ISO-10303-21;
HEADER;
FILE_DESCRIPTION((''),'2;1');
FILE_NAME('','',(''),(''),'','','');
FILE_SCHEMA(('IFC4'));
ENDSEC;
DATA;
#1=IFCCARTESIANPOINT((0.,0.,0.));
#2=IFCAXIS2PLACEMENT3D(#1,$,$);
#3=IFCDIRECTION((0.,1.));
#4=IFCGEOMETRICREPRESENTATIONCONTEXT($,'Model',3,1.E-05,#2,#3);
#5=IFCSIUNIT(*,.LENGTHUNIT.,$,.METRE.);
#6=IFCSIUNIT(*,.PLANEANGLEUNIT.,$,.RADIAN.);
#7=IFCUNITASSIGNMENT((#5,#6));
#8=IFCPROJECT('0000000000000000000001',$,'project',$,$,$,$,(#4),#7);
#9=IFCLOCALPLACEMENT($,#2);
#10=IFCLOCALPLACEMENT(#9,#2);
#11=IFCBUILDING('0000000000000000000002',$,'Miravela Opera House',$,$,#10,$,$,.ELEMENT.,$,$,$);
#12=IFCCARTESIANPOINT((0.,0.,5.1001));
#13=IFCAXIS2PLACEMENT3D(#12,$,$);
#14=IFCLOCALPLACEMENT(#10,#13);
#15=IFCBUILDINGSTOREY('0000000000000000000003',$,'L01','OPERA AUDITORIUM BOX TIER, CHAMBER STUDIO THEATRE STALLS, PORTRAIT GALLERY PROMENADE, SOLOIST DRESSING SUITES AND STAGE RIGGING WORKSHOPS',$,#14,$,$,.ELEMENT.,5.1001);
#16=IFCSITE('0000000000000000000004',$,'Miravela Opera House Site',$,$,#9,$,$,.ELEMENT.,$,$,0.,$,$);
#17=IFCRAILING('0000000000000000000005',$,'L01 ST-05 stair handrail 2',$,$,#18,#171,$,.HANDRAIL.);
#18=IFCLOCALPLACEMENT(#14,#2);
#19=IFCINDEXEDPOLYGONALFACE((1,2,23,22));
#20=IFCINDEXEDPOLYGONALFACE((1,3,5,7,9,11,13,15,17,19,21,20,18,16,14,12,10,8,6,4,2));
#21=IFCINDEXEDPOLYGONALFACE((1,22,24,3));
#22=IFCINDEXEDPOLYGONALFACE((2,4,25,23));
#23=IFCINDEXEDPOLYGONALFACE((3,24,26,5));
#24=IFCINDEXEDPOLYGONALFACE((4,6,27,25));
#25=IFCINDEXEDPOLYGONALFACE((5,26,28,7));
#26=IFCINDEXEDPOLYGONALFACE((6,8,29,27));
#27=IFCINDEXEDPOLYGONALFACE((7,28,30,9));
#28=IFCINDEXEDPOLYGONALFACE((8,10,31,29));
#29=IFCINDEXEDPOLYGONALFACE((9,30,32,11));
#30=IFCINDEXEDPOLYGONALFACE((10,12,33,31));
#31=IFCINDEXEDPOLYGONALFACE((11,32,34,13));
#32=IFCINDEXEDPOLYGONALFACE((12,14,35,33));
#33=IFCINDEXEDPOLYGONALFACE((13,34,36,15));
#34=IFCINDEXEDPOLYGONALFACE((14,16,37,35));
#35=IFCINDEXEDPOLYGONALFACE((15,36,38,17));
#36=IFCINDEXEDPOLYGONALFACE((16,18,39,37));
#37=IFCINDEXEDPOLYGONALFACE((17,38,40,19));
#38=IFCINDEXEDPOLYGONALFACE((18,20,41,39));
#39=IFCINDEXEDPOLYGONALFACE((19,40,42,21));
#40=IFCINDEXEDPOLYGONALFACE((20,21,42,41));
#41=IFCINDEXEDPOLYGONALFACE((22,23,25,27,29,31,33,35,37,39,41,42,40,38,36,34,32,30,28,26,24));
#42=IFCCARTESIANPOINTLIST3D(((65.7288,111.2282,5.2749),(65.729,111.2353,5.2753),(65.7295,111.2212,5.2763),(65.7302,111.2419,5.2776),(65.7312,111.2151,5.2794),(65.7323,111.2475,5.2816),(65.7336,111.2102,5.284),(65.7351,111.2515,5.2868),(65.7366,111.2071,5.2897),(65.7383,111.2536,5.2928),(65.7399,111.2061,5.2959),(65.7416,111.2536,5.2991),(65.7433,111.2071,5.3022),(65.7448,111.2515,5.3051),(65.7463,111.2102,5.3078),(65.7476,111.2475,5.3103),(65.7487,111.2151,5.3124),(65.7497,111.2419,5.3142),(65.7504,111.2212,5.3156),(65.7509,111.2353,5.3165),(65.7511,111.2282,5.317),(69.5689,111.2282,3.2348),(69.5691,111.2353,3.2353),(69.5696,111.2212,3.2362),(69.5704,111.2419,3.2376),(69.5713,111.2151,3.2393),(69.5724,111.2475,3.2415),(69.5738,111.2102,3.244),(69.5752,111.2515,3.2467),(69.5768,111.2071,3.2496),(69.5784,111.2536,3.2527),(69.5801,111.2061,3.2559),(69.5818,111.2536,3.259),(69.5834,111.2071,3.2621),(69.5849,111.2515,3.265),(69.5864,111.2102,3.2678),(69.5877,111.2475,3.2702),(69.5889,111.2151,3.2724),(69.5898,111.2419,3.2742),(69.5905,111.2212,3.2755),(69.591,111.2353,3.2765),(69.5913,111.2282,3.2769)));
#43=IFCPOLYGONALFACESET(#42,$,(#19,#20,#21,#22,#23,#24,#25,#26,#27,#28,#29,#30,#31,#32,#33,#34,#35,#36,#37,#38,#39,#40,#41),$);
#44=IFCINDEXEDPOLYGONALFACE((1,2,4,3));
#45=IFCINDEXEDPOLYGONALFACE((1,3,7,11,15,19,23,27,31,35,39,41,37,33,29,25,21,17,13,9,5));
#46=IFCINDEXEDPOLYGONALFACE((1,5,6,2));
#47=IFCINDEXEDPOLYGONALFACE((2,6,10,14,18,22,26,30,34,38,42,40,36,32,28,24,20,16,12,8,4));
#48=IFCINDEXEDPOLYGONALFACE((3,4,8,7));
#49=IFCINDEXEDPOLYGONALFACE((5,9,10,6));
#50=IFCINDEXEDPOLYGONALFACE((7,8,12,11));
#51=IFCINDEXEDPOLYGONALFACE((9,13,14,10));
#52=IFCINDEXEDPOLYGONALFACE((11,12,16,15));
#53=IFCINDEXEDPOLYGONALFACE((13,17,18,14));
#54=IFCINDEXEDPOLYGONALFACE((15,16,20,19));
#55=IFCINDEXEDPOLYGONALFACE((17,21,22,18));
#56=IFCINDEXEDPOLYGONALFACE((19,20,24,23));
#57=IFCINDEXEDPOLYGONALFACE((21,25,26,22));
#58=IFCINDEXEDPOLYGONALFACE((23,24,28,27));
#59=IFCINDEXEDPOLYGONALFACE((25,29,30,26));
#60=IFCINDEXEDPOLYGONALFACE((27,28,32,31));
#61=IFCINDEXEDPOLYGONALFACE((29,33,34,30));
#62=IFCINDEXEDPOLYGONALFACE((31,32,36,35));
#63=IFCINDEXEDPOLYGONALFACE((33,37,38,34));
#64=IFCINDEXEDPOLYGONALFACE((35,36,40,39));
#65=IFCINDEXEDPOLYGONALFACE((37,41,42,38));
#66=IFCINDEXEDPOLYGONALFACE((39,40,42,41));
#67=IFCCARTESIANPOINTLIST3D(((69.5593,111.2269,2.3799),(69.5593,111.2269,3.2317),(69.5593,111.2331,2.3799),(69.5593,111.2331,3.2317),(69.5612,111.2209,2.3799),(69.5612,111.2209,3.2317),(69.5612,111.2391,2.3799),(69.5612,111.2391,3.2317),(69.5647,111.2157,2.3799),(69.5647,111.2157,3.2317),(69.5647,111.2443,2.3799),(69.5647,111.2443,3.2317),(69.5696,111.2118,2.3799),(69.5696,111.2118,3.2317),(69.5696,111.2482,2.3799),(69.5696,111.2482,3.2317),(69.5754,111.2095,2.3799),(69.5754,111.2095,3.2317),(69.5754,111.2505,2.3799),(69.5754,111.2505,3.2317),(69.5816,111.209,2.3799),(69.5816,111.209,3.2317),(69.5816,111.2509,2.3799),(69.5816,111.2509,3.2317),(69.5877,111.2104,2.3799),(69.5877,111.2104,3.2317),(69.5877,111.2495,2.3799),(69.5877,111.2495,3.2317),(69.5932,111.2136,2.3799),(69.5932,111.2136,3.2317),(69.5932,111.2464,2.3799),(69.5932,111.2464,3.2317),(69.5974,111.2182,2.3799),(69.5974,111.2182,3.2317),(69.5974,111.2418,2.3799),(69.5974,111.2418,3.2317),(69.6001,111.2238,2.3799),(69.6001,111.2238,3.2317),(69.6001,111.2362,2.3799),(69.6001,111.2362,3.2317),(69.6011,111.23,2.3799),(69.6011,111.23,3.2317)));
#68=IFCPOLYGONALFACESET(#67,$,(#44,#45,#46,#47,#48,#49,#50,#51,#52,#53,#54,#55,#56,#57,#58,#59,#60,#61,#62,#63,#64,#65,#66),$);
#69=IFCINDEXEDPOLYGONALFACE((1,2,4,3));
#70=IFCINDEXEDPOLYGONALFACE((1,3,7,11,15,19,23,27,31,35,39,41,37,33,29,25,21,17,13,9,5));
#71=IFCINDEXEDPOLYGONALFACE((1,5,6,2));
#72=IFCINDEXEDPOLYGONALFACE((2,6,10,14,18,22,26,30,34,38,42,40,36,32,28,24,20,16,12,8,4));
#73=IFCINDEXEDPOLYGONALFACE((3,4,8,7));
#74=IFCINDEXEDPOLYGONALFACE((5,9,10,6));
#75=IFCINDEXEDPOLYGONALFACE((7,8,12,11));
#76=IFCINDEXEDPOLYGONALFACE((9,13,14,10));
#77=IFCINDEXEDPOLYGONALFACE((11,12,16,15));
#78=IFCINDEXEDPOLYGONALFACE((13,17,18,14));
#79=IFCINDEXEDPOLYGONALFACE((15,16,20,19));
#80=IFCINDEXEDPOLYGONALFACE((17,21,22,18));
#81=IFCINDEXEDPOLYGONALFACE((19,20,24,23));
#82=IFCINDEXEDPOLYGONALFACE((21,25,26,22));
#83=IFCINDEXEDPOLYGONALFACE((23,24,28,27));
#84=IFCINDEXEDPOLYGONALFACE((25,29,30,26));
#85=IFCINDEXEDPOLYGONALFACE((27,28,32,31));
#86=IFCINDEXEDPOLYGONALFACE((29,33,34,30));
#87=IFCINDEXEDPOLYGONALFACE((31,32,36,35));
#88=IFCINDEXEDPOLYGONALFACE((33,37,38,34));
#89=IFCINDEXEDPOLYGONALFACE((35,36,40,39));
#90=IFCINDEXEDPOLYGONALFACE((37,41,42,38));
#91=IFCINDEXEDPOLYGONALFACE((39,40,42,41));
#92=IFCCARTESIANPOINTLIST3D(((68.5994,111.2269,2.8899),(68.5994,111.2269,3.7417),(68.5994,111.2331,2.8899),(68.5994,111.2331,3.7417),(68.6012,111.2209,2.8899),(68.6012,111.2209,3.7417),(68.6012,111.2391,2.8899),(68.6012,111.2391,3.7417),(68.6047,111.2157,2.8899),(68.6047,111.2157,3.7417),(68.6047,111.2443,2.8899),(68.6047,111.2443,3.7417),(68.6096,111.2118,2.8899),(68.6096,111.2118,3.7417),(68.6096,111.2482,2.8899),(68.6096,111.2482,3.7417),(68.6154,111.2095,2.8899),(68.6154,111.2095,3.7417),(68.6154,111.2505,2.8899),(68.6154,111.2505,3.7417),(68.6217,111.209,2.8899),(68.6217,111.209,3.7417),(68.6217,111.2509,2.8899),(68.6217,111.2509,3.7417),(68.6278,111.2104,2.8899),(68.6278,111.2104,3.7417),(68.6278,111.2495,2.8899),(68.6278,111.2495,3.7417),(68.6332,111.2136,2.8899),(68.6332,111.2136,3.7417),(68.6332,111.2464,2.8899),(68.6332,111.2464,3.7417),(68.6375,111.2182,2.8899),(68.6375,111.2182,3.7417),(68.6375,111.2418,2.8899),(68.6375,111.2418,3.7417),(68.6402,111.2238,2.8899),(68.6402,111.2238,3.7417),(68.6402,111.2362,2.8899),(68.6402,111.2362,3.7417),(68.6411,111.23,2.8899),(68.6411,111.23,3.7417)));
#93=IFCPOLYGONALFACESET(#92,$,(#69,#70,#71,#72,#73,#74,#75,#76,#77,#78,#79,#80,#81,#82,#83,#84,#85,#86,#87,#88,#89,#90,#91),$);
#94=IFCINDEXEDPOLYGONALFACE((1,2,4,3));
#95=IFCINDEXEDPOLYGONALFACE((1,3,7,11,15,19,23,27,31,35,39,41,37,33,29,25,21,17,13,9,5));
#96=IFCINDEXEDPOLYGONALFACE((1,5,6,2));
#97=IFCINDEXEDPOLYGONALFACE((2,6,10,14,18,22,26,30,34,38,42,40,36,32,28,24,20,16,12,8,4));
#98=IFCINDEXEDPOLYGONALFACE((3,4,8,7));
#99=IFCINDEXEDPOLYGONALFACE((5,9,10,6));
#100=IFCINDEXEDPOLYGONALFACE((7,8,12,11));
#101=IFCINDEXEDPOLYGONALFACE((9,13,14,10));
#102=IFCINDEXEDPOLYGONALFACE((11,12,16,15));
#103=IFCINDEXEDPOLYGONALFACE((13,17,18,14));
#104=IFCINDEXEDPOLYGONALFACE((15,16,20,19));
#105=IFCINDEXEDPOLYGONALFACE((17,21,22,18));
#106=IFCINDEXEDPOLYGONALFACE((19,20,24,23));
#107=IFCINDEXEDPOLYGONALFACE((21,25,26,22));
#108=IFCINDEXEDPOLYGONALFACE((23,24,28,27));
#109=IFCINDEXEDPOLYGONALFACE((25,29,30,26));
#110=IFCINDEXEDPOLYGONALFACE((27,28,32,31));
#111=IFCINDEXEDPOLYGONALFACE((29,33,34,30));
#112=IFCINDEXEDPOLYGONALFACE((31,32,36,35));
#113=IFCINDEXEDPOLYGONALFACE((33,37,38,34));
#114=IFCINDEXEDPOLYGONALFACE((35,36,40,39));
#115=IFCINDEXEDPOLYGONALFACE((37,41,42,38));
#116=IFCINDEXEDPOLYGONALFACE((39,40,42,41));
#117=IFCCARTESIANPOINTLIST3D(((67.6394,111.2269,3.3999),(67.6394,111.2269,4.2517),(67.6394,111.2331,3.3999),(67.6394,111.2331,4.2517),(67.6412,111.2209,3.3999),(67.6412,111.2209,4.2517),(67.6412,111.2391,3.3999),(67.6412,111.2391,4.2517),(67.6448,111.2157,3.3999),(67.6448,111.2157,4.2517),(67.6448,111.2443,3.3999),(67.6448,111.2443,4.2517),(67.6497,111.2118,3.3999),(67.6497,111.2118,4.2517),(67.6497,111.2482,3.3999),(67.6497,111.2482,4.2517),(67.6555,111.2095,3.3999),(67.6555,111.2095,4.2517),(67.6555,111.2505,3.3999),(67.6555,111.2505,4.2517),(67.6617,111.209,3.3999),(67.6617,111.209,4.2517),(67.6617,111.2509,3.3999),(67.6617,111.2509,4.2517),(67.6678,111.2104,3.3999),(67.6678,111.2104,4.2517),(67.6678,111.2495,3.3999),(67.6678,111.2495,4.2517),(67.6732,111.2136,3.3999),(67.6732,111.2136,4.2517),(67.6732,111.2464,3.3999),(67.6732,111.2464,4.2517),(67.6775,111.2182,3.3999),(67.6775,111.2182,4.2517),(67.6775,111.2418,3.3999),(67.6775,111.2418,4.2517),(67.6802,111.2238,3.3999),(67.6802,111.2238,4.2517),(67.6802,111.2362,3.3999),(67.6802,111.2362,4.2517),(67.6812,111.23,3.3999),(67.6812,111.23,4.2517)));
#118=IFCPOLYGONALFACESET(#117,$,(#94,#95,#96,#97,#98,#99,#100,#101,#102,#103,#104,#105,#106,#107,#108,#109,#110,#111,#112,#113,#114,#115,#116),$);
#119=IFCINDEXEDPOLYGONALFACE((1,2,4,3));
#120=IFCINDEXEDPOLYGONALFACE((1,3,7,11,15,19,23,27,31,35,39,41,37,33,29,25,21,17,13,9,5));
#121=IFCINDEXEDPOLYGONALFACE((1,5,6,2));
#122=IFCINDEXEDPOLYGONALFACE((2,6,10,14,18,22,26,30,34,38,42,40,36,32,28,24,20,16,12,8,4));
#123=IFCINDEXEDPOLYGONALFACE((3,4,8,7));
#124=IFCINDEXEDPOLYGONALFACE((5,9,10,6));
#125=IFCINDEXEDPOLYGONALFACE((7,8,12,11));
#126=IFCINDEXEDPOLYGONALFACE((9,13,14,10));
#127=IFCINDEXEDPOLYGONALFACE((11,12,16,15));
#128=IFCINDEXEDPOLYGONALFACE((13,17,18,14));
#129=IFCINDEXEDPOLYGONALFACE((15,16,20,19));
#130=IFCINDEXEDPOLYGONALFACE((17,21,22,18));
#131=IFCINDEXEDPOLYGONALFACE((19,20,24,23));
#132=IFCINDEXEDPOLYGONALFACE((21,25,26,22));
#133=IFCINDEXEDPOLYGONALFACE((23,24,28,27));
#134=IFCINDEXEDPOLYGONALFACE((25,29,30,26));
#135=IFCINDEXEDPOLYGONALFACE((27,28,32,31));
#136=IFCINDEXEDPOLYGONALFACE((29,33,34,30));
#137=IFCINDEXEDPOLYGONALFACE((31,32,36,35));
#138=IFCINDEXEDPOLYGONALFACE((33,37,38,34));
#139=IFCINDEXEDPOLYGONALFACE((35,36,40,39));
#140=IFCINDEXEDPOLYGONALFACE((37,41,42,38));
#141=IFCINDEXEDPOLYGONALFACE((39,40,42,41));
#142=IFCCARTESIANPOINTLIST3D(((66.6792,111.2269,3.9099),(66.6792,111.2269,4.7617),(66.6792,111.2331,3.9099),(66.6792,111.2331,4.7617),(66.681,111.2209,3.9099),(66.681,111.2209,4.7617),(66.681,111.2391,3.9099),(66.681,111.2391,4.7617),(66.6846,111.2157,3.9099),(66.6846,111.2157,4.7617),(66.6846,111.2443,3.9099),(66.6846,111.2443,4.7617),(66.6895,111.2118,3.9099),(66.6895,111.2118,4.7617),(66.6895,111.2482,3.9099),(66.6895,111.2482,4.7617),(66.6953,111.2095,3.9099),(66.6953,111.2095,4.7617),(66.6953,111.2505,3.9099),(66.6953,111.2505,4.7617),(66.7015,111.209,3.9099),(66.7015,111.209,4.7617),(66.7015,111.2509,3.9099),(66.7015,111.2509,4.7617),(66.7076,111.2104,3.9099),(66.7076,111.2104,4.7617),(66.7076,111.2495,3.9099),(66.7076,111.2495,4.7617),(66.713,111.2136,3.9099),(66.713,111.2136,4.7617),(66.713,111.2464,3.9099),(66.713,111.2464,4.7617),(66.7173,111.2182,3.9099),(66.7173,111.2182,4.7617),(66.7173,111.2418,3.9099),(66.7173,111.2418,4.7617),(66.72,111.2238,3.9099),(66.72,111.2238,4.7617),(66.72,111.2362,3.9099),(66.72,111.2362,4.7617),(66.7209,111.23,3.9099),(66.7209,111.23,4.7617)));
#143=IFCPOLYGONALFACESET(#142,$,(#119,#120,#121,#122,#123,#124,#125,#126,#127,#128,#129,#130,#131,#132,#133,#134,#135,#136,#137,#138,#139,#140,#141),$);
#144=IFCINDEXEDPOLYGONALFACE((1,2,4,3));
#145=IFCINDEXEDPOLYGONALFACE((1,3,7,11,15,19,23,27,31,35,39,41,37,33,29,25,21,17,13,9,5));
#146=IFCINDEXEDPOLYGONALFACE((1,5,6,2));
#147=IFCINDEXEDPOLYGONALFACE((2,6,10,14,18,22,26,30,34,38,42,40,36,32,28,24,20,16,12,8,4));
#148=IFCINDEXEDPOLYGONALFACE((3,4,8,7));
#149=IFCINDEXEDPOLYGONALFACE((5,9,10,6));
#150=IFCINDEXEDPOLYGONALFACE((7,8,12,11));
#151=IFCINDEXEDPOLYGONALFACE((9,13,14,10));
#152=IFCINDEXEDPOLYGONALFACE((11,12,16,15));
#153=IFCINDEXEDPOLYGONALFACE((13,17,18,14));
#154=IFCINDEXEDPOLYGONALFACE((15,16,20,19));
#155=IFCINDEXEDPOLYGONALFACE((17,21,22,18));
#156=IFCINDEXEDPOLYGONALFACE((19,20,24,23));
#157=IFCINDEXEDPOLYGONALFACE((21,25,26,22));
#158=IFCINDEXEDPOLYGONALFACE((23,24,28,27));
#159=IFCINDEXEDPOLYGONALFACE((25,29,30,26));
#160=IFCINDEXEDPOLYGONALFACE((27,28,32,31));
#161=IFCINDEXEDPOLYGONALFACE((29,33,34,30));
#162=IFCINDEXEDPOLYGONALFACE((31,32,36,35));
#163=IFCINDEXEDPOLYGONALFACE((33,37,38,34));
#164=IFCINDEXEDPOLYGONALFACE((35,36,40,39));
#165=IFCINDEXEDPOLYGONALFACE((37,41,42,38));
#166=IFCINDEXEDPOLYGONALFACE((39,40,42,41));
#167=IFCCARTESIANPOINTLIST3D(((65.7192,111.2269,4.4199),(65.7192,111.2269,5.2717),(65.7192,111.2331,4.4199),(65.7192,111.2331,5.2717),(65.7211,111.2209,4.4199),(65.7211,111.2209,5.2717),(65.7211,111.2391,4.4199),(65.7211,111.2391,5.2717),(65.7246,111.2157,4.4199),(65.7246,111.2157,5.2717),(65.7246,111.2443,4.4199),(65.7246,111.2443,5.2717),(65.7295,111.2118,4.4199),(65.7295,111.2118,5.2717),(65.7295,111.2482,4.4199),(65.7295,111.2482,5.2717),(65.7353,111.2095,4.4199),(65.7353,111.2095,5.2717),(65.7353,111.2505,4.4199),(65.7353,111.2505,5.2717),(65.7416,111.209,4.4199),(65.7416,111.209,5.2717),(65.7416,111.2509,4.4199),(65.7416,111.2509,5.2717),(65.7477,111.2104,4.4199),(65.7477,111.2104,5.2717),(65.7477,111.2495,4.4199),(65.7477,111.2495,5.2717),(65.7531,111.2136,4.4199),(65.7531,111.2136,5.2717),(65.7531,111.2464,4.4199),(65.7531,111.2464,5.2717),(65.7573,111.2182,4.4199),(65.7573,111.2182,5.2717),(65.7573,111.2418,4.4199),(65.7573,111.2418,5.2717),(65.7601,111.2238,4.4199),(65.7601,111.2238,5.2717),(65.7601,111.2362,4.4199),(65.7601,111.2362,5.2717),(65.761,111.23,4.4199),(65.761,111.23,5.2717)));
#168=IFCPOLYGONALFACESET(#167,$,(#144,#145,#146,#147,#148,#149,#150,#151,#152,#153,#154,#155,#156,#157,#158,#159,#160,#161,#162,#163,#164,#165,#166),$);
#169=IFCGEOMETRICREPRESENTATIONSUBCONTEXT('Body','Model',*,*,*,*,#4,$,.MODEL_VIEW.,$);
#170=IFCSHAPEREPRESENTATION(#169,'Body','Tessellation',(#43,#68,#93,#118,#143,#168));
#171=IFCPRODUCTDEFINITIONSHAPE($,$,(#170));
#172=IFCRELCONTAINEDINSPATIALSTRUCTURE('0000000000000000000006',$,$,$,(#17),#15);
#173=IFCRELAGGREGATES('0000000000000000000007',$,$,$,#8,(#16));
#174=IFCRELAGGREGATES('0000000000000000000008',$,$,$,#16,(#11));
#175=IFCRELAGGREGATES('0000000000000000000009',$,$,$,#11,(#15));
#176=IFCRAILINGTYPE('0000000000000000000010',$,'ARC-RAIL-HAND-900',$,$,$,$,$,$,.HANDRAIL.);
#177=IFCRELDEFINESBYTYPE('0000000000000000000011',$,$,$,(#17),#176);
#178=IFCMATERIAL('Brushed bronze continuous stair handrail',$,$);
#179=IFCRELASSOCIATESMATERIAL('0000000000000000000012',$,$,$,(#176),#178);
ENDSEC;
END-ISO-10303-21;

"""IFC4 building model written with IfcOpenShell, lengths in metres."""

from ifc_helpers import new_model, si_unit, direction, frame, origin, origin_2d, place, context, subcontext, project, spatial, circle, extrude, material, type_object, element, save


model = new_model("IFC4")

# Units and contexts
model_context = context("Model", 3, precision=1e-05, world=origin(), true_north=direction((0.0, 1.0)))
body_context = subcontext(model_context, "Body", "Model", "MODEL_VIEW")
ifc_project = project(units=[si_unit("LENGTHUNIT", "METRE"), si_unit("PLANEANGLEUNIT", "RADIAN")], contexts=[model_context])

# Site, building, storey
site_placement = place(None, origin())
site = spatial("IfcSite", under=ifc_project, at=site_placement, Name="Miravela Opera House Site", CompositionType="ELEMENT", RefElevation=0.0)
building_placement = place(site_placement, origin())
building = spatial("IfcBuilding", under=site, at=building_placement, Name="Miravela Opera House", CompositionType="ELEMENT")
storey_placement = place(building_placement, frame((0.0, 0.0, 5.1001)))
storey = spatial("IfcBuildingStorey", under=building, at=storey_placement, Name="L01", Description="OPERA AUDITORIUM BOX TIER, CHAMBER STUDIO THEATRE STALLS, PORTRAIT GALLERY PROMENADE, SOLOIST DRESSING SUITES AND STAGE RIGGING WORKSHOPS", CompositionType="ELEMENT", Elevation=5.1001)

# Railing
ifc_material_1 = material(Name="Brushed bronze continuous stair handrail")
railing_type_1 = type_object("IfcRailingType", Name="ARC-RAIL-HAND-900", PredefinedType="HANDRAIL", material=ifc_material_1)
railing_1_placement = place(storey_placement, frame((69.5801, 111.23, 2.3799)))
element("IfcRailing", 1, at=railing_1_placement, inside=storey, type_object=railing_type_1, Name="L01 ST-05 stair handrail 2", PredefinedType="HANDRAIL", context=body_context, shape_type="SweptSolid", body=[
    extrude(circle(Radius=0.0239, at=origin_2d()), frame((0.0, 0.0, 0.876), z_axis=(-0.883116, 0.0, 0.469154), x_axis=(0.0, -1.0, 0.0)), (0.0, 0.0, 1.0), 4.3484),
    extrude(circle(Radius=0.021, at=origin_2d()), origin(), (0.0, 0.0, 1.0), 0.8518),
    extrude(circle(Radius=0.021, at=origin_2d()), frame((-0.96, 0.0, 0.51)), (0.0, 0.0, 1.0), 0.8518),
    extrude(circle(Radius=0.021, at=origin_2d()), frame((-1.9199, 0.0, 1.02)), (0.0, 0.0, 1.0), 0.8518),
    extrude(circle(Radius=0.021, at=origin_2d()), frame((-2.8801, 0.0, 1.53)), (0.0, 0.0, 1.0), 0.8518),
    extrude(circle(Radius=0.021, at=origin_2d()), frame((-3.8401, 0.0, 2.04)), (0.0, 0.0, 1.0), 0.8518),
])

save(model, "model.ifc")
